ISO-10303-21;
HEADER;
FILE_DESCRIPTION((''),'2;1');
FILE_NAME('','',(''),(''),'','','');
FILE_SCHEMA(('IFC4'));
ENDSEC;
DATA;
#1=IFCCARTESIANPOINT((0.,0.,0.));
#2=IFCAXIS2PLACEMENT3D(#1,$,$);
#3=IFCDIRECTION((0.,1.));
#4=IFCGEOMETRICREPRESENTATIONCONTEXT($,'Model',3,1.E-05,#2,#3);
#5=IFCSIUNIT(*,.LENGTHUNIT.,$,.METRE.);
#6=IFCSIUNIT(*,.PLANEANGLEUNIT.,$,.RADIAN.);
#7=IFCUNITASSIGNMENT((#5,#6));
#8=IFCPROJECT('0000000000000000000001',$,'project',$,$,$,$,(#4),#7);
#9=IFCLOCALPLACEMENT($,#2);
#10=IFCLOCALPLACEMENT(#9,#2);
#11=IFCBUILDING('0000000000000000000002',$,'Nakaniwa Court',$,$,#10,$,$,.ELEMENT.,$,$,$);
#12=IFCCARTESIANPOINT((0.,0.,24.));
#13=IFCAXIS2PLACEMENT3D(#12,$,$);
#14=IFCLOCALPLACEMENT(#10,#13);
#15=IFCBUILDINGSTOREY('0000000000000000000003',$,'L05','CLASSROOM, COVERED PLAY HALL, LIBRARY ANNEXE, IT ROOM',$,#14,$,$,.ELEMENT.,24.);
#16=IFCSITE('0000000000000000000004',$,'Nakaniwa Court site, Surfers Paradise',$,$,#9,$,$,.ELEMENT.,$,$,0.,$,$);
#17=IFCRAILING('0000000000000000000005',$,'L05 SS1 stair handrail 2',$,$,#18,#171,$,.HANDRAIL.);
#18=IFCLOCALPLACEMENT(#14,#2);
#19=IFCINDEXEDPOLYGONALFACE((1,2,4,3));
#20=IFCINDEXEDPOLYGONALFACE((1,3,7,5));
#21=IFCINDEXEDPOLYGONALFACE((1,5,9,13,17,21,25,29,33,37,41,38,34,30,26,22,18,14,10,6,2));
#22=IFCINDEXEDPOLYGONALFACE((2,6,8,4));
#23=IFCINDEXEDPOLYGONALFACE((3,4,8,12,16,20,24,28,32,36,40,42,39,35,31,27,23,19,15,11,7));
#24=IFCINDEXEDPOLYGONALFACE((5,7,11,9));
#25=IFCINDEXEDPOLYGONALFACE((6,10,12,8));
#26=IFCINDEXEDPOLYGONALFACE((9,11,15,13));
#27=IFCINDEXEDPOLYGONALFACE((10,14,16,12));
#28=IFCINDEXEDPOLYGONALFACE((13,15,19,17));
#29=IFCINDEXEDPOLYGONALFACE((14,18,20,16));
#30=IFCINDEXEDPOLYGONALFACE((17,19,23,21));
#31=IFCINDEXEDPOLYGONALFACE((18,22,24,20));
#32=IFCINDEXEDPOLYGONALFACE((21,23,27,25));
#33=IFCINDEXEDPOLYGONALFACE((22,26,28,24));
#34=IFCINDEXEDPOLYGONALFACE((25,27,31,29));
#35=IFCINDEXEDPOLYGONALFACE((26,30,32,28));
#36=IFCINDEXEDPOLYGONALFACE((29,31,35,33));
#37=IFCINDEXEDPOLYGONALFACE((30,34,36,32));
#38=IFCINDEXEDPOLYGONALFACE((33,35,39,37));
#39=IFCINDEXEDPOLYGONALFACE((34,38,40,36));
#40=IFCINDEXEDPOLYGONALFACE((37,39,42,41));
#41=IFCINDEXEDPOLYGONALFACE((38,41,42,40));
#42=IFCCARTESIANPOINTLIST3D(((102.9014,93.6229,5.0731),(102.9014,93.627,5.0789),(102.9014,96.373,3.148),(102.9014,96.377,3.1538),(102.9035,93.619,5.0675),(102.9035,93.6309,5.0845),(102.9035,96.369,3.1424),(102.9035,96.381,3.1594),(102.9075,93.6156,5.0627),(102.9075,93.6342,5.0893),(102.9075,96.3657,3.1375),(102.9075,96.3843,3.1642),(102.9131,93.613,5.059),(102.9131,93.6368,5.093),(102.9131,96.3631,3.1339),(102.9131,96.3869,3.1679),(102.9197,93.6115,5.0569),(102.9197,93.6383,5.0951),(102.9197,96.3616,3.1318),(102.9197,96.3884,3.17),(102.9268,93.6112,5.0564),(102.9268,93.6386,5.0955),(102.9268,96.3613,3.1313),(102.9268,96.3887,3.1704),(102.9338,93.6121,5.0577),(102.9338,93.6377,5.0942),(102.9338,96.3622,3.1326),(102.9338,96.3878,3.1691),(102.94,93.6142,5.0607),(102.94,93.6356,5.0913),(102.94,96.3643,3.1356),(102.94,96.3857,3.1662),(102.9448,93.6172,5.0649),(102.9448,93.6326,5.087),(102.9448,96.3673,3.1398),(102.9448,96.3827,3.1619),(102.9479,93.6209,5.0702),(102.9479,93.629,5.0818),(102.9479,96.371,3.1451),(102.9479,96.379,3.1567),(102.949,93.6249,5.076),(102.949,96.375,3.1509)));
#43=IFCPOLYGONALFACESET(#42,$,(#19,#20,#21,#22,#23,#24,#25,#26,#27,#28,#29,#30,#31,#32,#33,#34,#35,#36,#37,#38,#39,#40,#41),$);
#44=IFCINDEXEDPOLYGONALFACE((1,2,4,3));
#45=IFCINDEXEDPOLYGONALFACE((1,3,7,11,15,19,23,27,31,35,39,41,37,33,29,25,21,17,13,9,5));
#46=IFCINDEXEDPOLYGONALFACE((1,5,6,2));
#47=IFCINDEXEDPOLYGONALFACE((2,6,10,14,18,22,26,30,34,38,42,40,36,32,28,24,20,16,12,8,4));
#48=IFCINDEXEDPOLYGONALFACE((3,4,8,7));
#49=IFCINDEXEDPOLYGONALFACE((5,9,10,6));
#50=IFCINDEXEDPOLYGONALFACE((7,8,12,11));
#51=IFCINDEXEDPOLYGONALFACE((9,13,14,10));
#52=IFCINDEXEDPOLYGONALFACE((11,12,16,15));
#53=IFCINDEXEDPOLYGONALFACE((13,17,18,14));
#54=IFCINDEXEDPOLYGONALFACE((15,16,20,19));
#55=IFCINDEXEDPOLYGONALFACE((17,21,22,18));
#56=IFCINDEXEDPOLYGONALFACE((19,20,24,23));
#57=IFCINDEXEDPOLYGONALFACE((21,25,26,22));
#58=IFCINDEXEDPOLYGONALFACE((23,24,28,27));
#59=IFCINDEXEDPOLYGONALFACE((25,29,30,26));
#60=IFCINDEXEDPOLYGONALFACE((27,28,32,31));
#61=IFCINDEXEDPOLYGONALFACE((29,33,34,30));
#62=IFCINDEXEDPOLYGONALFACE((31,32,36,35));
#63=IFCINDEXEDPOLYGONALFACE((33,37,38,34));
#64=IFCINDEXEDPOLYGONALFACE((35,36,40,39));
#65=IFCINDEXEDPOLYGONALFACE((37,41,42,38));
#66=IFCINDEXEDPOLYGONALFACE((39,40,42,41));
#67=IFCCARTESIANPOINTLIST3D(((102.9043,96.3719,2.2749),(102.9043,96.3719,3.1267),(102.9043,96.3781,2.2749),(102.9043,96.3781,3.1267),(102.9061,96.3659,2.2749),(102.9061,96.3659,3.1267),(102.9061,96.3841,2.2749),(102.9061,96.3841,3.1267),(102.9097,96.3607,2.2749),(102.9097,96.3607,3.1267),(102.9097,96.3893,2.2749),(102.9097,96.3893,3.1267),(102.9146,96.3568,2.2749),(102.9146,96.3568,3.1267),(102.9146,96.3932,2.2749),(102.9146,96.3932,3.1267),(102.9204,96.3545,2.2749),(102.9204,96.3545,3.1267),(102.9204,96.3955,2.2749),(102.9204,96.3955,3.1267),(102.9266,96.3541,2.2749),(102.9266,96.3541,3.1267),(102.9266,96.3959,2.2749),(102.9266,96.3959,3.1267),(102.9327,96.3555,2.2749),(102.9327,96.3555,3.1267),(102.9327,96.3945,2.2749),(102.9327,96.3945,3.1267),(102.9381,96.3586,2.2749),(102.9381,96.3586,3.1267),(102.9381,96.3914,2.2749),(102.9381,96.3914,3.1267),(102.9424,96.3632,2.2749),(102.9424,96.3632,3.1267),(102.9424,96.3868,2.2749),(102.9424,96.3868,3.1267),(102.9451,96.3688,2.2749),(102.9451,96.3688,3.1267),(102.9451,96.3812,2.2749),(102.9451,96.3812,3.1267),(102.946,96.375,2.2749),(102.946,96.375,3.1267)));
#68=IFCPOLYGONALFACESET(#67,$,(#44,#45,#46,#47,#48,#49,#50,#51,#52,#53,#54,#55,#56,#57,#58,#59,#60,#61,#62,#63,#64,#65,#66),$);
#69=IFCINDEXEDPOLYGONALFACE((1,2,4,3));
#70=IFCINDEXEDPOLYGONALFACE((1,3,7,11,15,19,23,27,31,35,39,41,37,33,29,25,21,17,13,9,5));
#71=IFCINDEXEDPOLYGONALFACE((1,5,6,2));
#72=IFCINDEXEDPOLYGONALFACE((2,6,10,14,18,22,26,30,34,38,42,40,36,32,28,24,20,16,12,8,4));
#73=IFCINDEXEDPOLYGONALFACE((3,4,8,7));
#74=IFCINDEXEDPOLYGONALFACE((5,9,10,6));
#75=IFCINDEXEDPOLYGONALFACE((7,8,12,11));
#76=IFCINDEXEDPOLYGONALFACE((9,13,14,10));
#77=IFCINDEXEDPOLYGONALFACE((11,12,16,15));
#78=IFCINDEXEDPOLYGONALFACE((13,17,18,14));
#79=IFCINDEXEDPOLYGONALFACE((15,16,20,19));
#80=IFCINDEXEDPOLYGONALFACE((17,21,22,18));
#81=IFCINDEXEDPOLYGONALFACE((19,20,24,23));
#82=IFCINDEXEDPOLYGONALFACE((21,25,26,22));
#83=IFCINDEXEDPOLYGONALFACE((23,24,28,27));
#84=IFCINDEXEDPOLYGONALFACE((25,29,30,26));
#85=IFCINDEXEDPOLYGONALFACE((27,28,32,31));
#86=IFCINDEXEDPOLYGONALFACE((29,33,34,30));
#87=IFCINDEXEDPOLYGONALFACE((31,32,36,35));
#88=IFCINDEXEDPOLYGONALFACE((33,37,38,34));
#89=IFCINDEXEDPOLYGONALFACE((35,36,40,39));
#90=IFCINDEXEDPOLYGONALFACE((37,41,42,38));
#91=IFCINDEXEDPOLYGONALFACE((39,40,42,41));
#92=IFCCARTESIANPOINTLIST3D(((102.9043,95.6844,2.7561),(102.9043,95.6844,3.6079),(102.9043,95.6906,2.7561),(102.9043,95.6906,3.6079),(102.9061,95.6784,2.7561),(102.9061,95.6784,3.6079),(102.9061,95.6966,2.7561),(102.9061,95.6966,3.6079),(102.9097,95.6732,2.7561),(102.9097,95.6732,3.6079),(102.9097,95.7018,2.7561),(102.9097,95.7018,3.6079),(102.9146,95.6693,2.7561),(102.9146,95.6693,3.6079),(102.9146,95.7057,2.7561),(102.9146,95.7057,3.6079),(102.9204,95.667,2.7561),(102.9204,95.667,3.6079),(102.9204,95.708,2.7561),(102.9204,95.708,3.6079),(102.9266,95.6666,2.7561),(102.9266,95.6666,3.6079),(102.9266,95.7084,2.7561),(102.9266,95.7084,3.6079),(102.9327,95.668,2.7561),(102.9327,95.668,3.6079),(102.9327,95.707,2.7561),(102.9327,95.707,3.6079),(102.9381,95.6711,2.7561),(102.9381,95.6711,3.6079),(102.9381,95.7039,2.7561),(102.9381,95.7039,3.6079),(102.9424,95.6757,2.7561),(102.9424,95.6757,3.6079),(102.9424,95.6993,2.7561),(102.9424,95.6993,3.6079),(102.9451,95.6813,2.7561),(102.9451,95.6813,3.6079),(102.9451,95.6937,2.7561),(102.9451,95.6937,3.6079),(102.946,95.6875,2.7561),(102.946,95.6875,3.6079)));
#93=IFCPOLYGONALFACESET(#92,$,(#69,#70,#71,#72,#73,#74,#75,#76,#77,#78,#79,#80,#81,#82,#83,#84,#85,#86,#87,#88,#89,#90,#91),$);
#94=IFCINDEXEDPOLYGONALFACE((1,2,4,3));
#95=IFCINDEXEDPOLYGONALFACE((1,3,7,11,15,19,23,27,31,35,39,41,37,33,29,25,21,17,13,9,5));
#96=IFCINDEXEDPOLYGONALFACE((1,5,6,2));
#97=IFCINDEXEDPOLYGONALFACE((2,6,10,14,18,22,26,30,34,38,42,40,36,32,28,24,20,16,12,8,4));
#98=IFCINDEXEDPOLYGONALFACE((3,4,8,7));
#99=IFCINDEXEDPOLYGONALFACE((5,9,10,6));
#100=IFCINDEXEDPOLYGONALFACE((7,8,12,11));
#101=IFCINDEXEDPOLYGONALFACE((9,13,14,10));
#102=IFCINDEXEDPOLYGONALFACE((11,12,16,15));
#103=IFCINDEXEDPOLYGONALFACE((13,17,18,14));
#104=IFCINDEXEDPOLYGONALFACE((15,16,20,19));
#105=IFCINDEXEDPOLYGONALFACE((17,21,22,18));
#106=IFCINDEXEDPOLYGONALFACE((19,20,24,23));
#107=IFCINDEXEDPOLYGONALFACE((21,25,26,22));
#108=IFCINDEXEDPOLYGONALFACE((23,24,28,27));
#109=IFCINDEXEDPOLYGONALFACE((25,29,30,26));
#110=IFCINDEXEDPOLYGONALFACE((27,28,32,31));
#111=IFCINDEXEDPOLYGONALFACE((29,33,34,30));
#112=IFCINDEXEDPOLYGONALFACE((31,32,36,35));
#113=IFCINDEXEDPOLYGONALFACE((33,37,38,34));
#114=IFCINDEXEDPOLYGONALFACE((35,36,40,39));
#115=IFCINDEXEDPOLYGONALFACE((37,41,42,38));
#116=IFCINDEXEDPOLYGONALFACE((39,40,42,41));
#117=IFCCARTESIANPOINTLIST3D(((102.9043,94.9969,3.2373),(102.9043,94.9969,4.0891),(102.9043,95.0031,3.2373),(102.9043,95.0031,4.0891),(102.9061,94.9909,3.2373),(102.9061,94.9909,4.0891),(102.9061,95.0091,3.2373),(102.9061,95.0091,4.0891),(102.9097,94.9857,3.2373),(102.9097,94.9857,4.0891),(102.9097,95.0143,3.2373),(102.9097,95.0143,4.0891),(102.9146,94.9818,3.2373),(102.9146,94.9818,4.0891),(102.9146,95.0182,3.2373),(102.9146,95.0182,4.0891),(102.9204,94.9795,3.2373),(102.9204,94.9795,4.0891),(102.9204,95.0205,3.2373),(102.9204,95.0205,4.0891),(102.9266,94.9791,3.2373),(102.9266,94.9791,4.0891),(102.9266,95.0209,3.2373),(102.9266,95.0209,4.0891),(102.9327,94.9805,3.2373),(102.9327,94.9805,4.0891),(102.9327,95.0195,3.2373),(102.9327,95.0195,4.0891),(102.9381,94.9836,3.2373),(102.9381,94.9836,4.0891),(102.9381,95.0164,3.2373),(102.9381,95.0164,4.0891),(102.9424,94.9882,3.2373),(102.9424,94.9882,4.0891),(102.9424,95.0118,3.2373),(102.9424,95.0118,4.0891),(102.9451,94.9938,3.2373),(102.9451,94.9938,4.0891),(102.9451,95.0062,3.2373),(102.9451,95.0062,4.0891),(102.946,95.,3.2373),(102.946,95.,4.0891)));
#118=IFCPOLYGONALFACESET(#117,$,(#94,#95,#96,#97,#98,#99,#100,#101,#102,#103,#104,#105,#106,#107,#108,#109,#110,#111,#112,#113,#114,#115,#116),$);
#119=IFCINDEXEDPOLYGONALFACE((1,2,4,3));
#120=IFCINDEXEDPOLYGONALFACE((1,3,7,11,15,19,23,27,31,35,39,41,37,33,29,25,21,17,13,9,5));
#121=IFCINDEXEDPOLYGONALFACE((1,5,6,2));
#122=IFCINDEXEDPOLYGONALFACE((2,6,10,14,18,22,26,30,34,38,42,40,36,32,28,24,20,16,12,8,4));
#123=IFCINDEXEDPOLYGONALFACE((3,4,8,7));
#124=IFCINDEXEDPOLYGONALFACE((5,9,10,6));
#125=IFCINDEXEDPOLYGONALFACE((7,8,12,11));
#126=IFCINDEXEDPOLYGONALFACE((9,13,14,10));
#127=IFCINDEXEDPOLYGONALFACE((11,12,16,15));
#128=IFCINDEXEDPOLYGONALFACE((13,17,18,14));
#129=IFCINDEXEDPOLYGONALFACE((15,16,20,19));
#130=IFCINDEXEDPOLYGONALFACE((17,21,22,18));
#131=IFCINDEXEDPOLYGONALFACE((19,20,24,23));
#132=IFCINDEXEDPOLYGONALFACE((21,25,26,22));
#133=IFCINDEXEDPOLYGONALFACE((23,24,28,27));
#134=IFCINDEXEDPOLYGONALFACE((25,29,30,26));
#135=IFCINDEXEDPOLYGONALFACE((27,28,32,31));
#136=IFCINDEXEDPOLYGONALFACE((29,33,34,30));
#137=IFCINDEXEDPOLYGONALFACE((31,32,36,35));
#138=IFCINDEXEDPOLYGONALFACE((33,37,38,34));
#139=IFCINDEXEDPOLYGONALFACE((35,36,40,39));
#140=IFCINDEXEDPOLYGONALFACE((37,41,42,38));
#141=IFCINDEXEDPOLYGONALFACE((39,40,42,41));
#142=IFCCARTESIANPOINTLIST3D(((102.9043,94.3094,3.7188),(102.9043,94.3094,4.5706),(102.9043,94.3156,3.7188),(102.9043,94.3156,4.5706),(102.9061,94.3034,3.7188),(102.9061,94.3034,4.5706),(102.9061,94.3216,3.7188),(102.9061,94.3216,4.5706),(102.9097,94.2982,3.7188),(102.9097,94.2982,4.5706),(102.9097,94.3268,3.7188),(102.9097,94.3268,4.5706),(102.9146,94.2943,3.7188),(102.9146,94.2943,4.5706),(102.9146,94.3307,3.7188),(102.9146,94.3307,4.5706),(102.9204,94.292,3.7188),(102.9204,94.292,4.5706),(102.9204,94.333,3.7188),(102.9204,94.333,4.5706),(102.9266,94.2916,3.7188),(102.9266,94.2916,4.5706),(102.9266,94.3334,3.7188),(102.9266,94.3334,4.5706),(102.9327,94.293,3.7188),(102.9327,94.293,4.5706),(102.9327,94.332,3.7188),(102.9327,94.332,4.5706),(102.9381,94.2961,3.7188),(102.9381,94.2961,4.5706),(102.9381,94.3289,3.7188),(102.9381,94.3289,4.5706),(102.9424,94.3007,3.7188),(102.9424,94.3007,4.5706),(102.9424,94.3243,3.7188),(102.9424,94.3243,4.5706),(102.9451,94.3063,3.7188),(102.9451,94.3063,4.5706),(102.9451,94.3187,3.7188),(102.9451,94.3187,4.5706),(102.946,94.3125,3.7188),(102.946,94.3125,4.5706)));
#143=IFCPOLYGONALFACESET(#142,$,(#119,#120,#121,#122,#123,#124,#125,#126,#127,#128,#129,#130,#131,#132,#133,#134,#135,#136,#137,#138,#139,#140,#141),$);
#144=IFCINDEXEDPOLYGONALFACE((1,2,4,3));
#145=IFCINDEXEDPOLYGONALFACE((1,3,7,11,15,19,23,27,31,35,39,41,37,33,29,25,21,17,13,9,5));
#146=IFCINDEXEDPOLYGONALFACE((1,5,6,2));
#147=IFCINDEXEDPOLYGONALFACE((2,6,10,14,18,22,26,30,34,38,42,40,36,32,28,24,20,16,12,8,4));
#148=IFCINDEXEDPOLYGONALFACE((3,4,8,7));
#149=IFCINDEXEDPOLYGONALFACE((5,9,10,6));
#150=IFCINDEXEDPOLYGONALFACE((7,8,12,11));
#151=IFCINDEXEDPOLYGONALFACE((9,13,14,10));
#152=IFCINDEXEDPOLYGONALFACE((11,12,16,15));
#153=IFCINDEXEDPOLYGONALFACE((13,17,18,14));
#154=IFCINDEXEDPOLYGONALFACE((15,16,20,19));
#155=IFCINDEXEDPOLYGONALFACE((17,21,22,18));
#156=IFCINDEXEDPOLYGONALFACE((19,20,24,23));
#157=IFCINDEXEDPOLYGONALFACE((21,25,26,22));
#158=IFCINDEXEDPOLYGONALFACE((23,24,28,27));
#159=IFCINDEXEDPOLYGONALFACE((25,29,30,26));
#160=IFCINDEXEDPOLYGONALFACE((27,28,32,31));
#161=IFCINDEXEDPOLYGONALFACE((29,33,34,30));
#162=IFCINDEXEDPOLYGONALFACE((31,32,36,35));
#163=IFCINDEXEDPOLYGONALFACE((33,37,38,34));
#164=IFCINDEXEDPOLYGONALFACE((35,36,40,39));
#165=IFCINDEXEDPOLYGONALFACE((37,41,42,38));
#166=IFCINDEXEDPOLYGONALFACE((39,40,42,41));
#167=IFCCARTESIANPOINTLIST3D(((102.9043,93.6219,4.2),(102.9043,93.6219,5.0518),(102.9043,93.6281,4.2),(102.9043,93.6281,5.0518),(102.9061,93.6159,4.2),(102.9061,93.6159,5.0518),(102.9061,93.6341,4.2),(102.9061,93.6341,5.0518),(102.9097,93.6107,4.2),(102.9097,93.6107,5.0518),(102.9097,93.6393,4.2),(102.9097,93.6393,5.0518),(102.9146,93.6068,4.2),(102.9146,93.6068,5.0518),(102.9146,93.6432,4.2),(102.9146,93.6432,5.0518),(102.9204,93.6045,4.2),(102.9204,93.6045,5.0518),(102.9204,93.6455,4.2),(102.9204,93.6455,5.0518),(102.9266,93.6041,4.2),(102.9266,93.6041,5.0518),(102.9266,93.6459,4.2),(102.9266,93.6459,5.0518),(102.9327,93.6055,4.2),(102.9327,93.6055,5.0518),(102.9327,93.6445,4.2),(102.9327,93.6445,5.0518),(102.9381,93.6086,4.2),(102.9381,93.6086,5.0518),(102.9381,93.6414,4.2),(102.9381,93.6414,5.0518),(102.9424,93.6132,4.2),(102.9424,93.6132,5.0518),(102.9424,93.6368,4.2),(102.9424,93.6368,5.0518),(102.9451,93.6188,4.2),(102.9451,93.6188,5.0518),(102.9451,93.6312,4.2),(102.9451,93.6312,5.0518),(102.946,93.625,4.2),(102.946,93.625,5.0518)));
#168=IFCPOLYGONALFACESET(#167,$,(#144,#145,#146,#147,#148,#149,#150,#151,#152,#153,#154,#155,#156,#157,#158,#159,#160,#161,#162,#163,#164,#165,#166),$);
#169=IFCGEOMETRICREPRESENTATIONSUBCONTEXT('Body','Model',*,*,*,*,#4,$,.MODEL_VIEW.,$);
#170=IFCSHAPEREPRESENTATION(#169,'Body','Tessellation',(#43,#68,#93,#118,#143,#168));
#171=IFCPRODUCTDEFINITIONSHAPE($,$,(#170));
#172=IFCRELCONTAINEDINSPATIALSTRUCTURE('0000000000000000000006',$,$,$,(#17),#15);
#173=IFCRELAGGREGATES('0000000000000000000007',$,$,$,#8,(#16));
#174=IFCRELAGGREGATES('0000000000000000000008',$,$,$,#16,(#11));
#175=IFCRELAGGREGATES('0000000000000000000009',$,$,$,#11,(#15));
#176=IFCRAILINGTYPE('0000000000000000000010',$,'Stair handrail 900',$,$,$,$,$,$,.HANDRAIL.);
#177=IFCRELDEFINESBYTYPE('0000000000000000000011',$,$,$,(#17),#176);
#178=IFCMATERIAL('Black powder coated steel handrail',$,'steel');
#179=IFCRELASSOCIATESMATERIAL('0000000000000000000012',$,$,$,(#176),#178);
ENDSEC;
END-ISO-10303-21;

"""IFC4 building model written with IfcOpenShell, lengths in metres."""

from ifc_helpers import new_model, si_unit, direction, frame, origin, origin_2d, place, context, subcontext, project, spatial, circle, extrude, material, type_object, element, save


model = new_model("IFC4")

# Units and contexts
model_context = context("Model", 3, precision=1e-05, world=origin(), true_north=direction((0.0, 1.0)))
body_context = subcontext(model_context, "Body", "Model", "MODEL_VIEW")
ifc_project = project(units=[si_unit("LENGTHUNIT", "METRE"), si_unit("PLANEANGLEUNIT", "RADIAN")], contexts=[model_context])

# Site, building, storey
site_placement = place(None, origin())
site = spatial("IfcSite", under=ifc_project, at=site_placement, Name="Nakaniwa Court site, Surfers Paradise", CompositionType="ELEMENT", RefElevation=0.0)
building_placement = place(site_placement, origin())
building = spatial("IfcBuilding", under=site, at=building_placement, Name="Nakaniwa Court", CompositionType="ELEMENT")
storey_placement = place(building_placement, frame((0.0, 0.0, 24.0)))
storey = spatial("IfcBuildingStorey", under=building, at=storey_placement, Name="L05", Description="CLASSROOM, COVERED PLAY HALL, LIBRARY ANNEXE, IT ROOM", CompositionType="ELEMENT", Elevation=24.0)

# Railing
ifc_material_1 = material(Name="Black powder coated steel handrail", Category="steel")
railing_type_1 = type_object("IfcRailingType", Name="Stair handrail 900", PredefinedType="HANDRAIL", material=ifc_material_1)
railing_1_placement = place(storey_placement, frame((102.925, 96.375, 2.2749)))
element("IfcRailing", 1, at=railing_1_placement, inside=storey, type_object=railing_type_1, Name="L05 SS1 stair handrail 2", PredefinedType="HANDRAIL", context=body_context, shape_type="SweptSolid", body=[
    extrude(circle(Radius=0.0239, at=origin_2d()), frame((0.0, 0.0, 0.876), z_axis=(0.0, -0.819225, 0.573472), x_axis=(1.0, 0.0, 0.0)), (0.0, 0.0, 1.0), 3.3569),
    extrude(circle(Radius=0.021, at=origin_2d()), origin(), (0.0, 0.0, 1.0), 0.8518),
    extrude(circle(Radius=0.021, at=origin_2d()), frame((0.0, -0.6875, 0.4812)), (0.0, 0.0, 1.0), 0.8518),
    extrude(circle(Radius=0.021, at=origin_2d()), frame((0.0, -1.375, 0.9624)), (0.0, 0.0, 1.0), 0.8518),
    extrude(circle(Radius=0.021, at=origin_2d()), frame((0.0, -2.0625, 1.4438)), (0.0, 0.0, 1.0), 0.8518),
    extrude(circle(Radius=0.021, at=origin_2d()), frame((0.0, -2.75, 1.925)), (0.0, 0.0, 1.0), 0.8518),
])

save(model, "model.ifc")
